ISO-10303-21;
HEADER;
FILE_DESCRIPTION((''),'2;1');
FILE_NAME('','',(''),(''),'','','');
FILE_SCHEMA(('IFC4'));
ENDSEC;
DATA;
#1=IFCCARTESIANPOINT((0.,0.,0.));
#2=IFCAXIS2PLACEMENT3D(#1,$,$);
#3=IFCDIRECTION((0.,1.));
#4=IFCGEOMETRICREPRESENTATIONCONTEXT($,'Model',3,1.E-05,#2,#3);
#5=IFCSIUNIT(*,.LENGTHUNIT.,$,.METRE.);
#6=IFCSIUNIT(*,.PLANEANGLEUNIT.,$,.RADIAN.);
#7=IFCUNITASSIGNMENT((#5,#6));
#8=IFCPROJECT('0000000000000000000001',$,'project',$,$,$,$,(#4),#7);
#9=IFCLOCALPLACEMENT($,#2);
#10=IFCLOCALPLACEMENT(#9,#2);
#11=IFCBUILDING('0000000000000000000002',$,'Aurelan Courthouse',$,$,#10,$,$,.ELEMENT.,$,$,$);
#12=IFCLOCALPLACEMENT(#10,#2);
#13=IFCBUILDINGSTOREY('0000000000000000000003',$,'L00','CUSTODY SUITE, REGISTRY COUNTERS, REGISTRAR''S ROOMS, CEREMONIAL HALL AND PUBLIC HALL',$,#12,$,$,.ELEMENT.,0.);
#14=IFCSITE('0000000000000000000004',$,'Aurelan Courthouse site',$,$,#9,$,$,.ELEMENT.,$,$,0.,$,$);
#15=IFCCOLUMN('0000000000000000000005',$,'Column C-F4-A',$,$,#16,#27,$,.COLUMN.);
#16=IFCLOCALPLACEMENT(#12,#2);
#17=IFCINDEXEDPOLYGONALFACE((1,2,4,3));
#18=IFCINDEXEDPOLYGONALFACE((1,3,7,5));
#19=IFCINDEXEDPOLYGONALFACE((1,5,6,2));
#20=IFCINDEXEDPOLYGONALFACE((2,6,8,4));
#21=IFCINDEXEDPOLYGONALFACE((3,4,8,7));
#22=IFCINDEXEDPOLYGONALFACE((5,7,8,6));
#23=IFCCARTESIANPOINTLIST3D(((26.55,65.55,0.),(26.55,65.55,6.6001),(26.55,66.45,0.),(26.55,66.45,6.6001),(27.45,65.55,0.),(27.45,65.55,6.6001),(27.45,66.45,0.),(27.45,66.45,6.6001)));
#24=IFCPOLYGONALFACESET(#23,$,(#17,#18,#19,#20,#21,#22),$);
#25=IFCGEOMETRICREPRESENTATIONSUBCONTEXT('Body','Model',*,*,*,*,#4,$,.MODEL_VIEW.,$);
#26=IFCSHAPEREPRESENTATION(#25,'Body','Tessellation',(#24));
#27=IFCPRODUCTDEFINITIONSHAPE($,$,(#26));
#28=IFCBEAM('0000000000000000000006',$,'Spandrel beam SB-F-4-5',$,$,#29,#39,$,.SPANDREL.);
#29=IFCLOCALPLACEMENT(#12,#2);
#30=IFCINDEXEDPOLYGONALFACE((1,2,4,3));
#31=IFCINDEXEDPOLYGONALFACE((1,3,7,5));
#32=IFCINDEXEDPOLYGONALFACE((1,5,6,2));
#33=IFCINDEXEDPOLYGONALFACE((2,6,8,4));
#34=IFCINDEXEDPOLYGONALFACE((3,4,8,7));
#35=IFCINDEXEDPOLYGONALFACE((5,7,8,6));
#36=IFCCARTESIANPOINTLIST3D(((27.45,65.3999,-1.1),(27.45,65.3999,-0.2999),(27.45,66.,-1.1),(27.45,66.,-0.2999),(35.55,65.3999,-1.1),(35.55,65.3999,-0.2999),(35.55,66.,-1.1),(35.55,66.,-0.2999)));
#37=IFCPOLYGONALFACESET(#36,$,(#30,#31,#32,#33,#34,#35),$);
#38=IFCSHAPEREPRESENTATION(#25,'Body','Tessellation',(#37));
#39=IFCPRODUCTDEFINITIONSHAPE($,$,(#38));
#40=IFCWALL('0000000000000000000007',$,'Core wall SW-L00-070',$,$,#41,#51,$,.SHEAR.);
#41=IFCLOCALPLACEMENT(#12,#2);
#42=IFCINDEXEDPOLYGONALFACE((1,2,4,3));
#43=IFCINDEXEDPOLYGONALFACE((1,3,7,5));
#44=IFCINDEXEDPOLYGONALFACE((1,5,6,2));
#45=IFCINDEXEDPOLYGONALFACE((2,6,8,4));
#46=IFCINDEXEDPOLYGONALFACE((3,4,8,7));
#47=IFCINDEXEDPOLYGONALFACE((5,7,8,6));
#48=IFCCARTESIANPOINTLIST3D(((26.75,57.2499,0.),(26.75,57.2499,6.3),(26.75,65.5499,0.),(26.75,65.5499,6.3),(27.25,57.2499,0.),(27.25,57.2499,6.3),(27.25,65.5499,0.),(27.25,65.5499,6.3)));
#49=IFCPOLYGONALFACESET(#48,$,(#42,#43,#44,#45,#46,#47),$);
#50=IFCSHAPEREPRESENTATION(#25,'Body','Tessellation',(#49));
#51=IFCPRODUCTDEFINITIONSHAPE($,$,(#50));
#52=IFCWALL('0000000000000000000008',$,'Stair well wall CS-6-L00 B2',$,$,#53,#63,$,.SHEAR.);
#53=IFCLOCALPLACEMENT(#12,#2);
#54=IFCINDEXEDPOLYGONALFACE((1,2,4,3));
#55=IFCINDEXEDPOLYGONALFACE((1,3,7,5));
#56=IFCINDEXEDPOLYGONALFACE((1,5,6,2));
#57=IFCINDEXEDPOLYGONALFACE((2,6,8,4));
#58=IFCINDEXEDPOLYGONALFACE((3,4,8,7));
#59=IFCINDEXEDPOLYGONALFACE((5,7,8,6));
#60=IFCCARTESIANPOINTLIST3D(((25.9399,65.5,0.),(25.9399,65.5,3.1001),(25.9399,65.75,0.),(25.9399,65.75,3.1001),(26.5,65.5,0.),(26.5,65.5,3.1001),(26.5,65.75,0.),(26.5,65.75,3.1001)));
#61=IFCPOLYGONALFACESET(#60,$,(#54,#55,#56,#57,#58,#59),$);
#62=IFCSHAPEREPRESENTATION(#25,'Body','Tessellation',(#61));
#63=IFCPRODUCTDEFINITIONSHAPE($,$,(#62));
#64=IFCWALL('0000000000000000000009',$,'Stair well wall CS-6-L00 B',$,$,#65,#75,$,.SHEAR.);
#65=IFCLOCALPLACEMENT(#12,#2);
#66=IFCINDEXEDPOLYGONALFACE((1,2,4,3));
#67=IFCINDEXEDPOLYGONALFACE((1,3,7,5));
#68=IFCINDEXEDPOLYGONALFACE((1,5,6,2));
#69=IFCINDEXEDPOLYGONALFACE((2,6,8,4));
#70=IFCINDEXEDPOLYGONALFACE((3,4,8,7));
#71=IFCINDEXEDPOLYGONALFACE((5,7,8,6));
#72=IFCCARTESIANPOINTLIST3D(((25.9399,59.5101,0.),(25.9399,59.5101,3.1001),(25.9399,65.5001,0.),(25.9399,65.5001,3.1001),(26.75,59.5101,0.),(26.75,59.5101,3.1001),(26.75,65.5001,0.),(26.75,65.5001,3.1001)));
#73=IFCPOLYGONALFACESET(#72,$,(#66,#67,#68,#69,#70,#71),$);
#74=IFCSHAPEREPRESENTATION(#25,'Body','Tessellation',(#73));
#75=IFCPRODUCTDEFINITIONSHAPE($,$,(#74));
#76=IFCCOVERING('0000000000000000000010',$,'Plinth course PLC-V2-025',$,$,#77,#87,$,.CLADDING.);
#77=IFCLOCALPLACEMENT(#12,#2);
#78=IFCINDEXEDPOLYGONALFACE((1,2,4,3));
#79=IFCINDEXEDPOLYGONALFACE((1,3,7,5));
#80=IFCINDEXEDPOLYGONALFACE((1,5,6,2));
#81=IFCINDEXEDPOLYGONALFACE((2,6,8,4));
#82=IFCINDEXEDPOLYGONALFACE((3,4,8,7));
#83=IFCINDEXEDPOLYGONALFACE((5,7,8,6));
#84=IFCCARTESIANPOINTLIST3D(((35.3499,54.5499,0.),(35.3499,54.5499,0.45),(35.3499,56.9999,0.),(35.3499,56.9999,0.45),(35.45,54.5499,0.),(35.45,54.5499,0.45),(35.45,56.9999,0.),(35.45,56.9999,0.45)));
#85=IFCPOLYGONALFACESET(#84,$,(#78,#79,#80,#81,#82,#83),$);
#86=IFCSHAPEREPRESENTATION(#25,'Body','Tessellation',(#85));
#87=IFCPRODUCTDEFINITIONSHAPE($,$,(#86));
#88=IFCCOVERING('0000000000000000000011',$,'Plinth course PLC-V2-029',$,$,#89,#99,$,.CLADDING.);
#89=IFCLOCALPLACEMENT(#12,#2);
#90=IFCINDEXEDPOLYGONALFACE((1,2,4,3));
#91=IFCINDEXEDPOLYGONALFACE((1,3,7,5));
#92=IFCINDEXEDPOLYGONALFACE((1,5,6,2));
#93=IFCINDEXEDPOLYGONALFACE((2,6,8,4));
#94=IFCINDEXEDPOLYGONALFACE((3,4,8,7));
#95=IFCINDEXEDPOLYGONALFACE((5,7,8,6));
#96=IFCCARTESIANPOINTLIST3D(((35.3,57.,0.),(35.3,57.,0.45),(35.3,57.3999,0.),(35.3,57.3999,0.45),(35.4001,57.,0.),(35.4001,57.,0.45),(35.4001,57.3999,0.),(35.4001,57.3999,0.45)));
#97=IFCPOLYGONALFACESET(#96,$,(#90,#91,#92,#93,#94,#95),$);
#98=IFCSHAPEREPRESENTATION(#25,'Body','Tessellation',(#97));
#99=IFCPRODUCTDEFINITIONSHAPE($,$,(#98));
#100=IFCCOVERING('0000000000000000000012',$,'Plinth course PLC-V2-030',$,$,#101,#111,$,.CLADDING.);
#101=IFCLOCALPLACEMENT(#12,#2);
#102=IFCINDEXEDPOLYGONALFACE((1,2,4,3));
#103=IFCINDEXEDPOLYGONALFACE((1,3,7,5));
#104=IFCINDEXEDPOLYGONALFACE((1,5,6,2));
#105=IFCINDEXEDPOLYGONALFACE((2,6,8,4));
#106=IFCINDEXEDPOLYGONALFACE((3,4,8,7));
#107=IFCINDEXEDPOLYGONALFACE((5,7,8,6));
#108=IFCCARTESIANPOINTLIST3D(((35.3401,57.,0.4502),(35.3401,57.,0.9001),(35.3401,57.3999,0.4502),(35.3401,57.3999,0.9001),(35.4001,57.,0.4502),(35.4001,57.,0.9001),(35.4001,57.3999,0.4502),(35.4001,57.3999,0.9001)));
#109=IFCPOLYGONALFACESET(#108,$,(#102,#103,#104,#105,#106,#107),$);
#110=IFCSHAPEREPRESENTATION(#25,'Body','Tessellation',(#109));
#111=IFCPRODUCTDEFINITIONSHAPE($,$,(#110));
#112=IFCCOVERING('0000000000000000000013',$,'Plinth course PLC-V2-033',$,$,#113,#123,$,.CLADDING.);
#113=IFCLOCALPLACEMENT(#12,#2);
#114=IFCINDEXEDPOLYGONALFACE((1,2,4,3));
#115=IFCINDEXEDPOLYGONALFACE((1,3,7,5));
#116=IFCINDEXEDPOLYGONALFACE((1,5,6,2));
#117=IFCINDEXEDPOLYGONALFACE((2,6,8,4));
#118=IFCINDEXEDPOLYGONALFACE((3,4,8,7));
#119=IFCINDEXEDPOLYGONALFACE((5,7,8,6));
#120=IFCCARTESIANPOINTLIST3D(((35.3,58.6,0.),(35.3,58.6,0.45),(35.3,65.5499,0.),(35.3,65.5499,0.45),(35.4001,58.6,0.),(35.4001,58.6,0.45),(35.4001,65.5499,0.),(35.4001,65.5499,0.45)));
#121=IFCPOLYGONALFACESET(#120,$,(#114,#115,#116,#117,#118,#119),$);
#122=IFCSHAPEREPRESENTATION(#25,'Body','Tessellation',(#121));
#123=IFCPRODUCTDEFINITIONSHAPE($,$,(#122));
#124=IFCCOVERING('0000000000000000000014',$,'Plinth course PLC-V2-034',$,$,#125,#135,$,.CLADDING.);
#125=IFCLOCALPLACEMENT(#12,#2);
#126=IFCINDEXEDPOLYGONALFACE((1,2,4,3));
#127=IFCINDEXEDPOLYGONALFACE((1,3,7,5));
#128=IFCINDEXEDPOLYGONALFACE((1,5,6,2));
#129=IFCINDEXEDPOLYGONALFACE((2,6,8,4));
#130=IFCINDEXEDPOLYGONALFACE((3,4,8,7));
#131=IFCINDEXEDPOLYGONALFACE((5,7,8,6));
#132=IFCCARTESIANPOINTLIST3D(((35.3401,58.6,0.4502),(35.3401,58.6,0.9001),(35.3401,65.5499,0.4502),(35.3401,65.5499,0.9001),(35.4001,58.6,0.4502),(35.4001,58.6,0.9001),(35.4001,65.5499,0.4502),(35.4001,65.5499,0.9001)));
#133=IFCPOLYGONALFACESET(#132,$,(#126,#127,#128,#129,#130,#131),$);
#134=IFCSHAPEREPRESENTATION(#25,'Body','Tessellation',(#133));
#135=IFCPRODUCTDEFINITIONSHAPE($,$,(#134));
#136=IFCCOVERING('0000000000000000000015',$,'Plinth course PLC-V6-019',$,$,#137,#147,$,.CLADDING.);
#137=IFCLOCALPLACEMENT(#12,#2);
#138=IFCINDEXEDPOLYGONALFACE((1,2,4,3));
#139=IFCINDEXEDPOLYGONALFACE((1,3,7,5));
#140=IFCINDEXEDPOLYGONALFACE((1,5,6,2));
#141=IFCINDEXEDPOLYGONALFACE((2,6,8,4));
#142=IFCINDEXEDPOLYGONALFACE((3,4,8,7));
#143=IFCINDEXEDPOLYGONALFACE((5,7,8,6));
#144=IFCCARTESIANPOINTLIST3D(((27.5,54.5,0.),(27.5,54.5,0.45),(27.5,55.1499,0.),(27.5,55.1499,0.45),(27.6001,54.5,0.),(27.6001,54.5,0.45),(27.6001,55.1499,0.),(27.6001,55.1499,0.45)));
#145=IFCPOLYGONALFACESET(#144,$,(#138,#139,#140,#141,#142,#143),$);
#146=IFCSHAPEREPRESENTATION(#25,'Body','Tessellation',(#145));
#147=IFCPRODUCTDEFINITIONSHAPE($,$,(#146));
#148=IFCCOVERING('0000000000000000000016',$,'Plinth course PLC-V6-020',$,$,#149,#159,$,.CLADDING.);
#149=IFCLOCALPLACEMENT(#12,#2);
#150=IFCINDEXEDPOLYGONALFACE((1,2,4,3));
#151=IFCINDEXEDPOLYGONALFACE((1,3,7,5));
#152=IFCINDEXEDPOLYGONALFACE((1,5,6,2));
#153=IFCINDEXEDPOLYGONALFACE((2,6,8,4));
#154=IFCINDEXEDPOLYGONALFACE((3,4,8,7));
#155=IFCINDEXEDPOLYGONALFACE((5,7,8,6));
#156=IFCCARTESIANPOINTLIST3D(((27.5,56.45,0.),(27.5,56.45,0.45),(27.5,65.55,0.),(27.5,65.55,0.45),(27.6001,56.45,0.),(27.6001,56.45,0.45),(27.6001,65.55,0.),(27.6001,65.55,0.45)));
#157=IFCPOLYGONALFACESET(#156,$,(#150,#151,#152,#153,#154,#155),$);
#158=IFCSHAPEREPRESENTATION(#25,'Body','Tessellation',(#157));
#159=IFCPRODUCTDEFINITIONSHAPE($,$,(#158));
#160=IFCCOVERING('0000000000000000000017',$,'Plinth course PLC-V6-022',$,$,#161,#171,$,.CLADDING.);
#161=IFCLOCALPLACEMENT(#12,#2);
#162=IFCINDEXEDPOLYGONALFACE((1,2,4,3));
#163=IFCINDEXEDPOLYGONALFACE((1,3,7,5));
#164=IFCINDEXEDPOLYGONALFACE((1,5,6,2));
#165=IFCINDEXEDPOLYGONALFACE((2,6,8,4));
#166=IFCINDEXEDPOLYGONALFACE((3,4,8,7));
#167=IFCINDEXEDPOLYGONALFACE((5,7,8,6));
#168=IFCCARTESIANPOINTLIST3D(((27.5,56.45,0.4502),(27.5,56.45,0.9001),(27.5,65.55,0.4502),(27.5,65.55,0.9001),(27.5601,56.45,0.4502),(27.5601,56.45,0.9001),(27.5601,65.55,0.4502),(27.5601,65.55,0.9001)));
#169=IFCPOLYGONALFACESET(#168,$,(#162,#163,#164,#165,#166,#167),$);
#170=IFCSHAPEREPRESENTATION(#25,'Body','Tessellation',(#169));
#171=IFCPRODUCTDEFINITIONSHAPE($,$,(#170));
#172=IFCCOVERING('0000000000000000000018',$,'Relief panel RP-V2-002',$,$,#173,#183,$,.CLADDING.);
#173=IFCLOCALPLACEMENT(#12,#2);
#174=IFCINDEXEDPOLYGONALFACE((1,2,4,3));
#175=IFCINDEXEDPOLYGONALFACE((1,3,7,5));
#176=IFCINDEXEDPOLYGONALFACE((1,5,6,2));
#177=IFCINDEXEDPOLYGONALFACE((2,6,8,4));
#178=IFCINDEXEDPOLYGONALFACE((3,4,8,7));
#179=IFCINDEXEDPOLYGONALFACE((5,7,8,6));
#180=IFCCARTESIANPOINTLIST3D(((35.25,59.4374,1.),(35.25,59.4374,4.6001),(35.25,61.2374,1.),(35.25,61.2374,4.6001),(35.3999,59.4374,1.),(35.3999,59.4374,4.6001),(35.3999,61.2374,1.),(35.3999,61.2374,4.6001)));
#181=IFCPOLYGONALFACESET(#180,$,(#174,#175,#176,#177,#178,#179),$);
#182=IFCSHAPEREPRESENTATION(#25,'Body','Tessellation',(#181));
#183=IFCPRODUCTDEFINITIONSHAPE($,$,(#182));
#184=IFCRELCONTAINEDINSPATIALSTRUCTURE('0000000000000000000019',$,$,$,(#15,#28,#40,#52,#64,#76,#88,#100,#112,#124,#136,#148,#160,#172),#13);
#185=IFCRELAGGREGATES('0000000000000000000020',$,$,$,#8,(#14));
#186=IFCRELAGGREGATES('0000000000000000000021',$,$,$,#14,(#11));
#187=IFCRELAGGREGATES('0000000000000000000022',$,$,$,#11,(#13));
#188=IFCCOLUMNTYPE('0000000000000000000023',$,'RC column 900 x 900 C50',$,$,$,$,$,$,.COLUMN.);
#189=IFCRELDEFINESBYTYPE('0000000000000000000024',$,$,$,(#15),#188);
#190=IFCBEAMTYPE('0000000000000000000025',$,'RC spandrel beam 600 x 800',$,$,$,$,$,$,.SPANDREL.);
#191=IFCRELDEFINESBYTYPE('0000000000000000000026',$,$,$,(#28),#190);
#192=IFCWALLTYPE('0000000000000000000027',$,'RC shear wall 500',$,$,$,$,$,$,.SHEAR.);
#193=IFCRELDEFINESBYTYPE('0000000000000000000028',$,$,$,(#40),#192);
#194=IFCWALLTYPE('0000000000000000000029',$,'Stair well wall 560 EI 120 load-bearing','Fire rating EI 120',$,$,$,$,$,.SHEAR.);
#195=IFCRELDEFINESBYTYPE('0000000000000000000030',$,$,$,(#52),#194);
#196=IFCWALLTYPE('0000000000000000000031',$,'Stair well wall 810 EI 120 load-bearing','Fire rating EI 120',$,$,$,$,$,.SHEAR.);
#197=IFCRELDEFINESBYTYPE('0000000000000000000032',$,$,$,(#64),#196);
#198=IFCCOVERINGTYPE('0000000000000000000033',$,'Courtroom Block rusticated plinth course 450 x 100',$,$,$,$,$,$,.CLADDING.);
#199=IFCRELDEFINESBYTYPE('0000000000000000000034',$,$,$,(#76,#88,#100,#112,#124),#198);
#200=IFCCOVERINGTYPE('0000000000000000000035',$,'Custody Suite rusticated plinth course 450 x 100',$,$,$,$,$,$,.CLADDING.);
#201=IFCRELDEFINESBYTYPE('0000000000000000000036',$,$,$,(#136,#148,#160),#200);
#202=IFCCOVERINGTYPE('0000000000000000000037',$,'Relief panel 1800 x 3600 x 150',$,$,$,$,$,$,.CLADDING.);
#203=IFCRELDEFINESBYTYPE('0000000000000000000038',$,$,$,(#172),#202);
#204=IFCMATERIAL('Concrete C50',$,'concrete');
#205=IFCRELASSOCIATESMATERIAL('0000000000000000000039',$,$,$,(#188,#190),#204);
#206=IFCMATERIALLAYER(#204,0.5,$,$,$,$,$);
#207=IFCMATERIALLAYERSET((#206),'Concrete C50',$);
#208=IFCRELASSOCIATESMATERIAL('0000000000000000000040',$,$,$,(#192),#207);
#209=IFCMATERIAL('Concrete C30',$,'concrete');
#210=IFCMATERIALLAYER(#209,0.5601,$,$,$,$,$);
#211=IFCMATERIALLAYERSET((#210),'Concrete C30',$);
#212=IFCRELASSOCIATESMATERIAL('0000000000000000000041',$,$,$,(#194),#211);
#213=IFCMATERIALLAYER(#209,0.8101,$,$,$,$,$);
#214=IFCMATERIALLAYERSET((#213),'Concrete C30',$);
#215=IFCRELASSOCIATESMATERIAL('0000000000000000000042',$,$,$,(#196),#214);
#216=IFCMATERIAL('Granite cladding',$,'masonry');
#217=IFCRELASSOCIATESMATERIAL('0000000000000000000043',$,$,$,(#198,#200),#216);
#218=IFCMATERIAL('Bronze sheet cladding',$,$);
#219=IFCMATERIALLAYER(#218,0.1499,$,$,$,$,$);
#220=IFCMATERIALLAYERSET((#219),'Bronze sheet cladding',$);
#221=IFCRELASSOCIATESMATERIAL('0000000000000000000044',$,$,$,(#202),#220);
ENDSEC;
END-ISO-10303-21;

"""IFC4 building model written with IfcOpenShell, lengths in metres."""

from ifc_helpers import new_model, si_unit, direction, frame, frame_2d, origin, origin_2d, place, context, subcontext, project, spatial, rectangle, extrude, material, layer, layer_set, material_profile, profile_set, type_object, element, save


model = new_model("IFC4")

# Units and contexts
model_context = context("Model", 3, precision=1e-05, world=origin(), true_north=direction((0.0, 1.0)))
body_context = subcontext(model_context, "Body", "Model", "MODEL_VIEW")
ifc_project = project(units=[si_unit("LENGTHUNIT", "METRE"), si_unit("PLANEANGLEUNIT", "RADIAN")], contexts=[model_context])

# Site, building, storey
site_placement = place(None, origin())
site = spatial("IfcSite", under=ifc_project, at=site_placement, Name="Aurelan Courthouse site", CompositionType="ELEMENT", RefElevation=0.0)
building_placement = place(site_placement, origin())
building = spatial("IfcBuilding", under=site, at=building_placement, Name="Aurelan Courthouse", CompositionType="ELEMENT")
storey_placement = place(building_placement, origin())
storey = spatial("IfcBuildingStorey", under=building, at=storey_placement, Name="L00", Description="CUSTODY SUITE, REGISTRY COUNTERS, REGISTRAR'S ROOMS, CEREMONIAL HALL AND PUBLIC HALL", CompositionType="ELEMENT", Elevation=0.0)

# Column
ifc_material_1 = material(Name="Concrete C50", Category="concrete")
ifc_material_profile_1 = material_profile(ifc_material_1, rectangle(XDim=0.8999, YDim=0.8999, at=origin_2d()), Name="RC 900 x 900")
ifc_profile_set_1 = profile_set([ifc_material_profile_1], Name="Concrete C50")
column_type = type_object("IfcColumnType", Name="RC column 900 x 900 C50", PredefinedType="COLUMN", material=ifc_profile_set_1)
column_placement = place(storey_placement, frame((27.0, 66.0, 0.0), z_axis=(0.0, 0.0, 1.0), x_axis=(1.0, 0.0, 0.0)))
element("IfcColumn", 1, at=column_placement, inside=storey, type_object=column_type, Name="Column C-F4-A", PredefinedType="COLUMN", context=body_context, shape_type="SweptSolid", body=[
    extrude(rectangle(XDim=0.8999, YDim=0.8999, at=origin_2d()), origin(), (0.0, 0.0, 1.0), 6.6001),
])

# Beam
ifc_material_profile_2 = material_profile(ifc_material_1, rectangle(XDim=0.6001, YDim=0.8, at=origin_2d()), Name="RC 600 x 800")
ifc_profile_set_2 = profile_set([ifc_material_profile_2], Name="Concrete C50")
beam_type = type_object("IfcBeamType", Name="RC spandrel beam 600 x 800", PredefinedType="SPANDREL", material=ifc_profile_set_2)
beam_placement = place(storey_placement, frame((27.45, 65.7, -0.7), z_axis=(1.0, 0.0, 0.0), x_axis=(0.0, 1.0, 0.0)))
element("IfcBeam", 2, at=beam_placement, inside=storey, type_object=beam_type, Name="Spandrel beam SB-F-4-5", PredefinedType="SPANDREL", context=body_context, shape_type="SweptSolid", body=[
    extrude(rectangle(XDim=0.6001, YDim=0.8, at=origin_2d()), origin(), (0.0, 0.0, 1.0), 8.1001),
])

# Walls
ifc_layer_1 = layer(ifc_material_1, 0.5)
ifc_layer_set_1 = layer_set([ifc_layer_1], Name="Concrete C50")
wall_type_1 = type_object("IfcWallType", Name="RC shear wall 500", PredefinedType="SHEAR", material=ifc_layer_set_1)
wall_1_placement = place(storey_placement, frame((27.0, 57.25, 0.0), z_axis=(0.0, 0.0, 1.0), x_axis=(0.0, 1.0, 0.0)))
element("IfcWall", 3, at=wall_1_placement, inside=storey, type_object=wall_type_1, Name="Core wall SW-L00-070", PredefinedType="SHEAR", context=body_context, shape_type="SweptSolid", body=[
    extrude(rectangle(XDim=8.3, YDim=0.5, at=frame_2d((4.1499, 0.0))), origin(), (0.0, 0.0, 1.0), 6.3),
])
ifc_material_2 = material(Name="Concrete C30", Category="concrete")
ifc_layer_2 = layer(ifc_material_2, 0.5601)
ifc_layer_set_2 = layer_set([ifc_layer_2], Name="Concrete C30")
wall_type_2 = type_object("IfcWallType", Name="Stair well wall 560 EI 120 load-bearing", Description="Fire rating EI 120", PredefinedType="SHEAR", material=ifc_layer_set_2)
wall_2_placement = place(storey_placement, frame((26.22, 65.5, 0.0), z_axis=(0.0, 0.0, 1.0), x_axis=(0.0, 1.0, 0.0)))
element("IfcWall", 4, at=wall_2_placement, inside=storey, type_object=wall_type_2, Name="Stair well wall CS-6-L00 B2", PredefinedType="SHEAR", context=body_context, shape_type="SweptSolid", body=[
    extrude(rectangle(XDim=0.25, YDim=0.5601, at=frame_2d((0.125, 0.0))), origin(), (0.0, 0.0, 1.0), 3.1001),
])
ifc_layer_3 = layer(ifc_material_2, 0.8101)
ifc_layer_set_3 = layer_set([ifc_layer_3], Name="Concrete C30")
wall_type_3 = type_object("IfcWallType", Name="Stair well wall 810 EI 120 load-bearing", Description="Fire rating EI 120", PredefinedType="SHEAR", material=ifc_layer_set_3)
wall_3_placement = place(storey_placement, frame((26.345, 59.51, 0.0), z_axis=(0.0, 0.0, 1.0), x_axis=(0.0, 1.0, 0.0)))
element("IfcWall", 5, at=wall_3_placement, inside=storey, type_object=wall_type_3, Name="Stair well wall CS-6-L00 B", PredefinedType="SHEAR", context=body_context, shape_type="SweptSolid", body=[
    extrude(rectangle(XDim=5.99, YDim=0.8101, at=frame_2d((2.9951, 0.0))), origin(), (0.0, 0.0, 1.0), 3.1001),
])

# Coverings
ifc_material_3 = material(Name="Granite cladding", Category="masonry")
covering_type_1 = type_object("IfcCoveringType", Name="Courtroom Block rusticated plinth course 450 x 100", PredefinedType="CLADDING", material=ifc_material_3)
covering_1_placement = place(storey_placement, frame((35.3999, 55.7749, 0.0), z_axis=(0.0, 0.0, 1.0), x_axis=(1.0, 0.0, 0.0)))
element("IfcCovering", 6, at=covering_1_placement, inside=storey, type_object=covering_type_1, Name="Plinth course PLC-V2-025", PredefinedType="CLADDING", context=body_context, shape_type="SweptSolid", body=[
    extrude(rectangle(XDim=0.1001, YDim=2.45, at=origin_2d()), origin(), (0.0, 0.0, 1.0), 0.45),
])
covering_2_placement = place(storey_placement, frame((35.3501, 57.2, 0.0), z_axis=(0.0, 0.0, 1.0), x_axis=(1.0, 0.0, 0.0)))
element("IfcCovering", 7, at=covering_2_placement, inside=storey, type_object=covering_type_1, Name="Plinth course PLC-V2-029", PredefinedType="CLADDING", context=body_context, shape_type="SweptSolid", body=[
    extrude(rectangle(XDim=0.1001, YDim=0.3999, at=origin_2d()), origin(), (0.0, 0.0, 1.0), 0.45),
])
covering_3_placement = place(storey_placement, frame((35.3701, 57.2, 0.4502), z_axis=(0.0, 0.0, 1.0), x_axis=(1.0, 0.0, 0.0)))
element("IfcCovering", 8, at=covering_3_placement, inside=storey, type_object=covering_type_1, Name="Plinth course PLC-V2-030", PredefinedType="CLADDING", context=body_context, shape_type="SweptSolid", body=[
    extrude(rectangle(XDim=0.0601, YDim=0.3999, at=origin_2d()), origin(), (0.0, 0.0, 1.0), 0.45),
])
covering_4_placement = place(storey_placement, frame((35.3501, 62.075, 0.0), z_axis=(0.0, 0.0, 1.0), x_axis=(1.0, 0.0, 0.0)))
element("IfcCovering", 9, at=covering_4_placement, inside=storey, type_object=covering_type_1, Name="Plinth course PLC-V2-033", PredefinedType="CLADDING", context=body_context, shape_type="SweptSolid", body=[
    extrude(rectangle(XDim=0.1001, YDim=6.95, at=origin_2d()), origin(), (0.0, 0.0, 1.0), 0.45),
])
covering_5_placement = place(storey_placement, frame((35.3701, 62.075, 0.4502), z_axis=(0.0, 0.0, 1.0), x_axis=(1.0, 0.0, 0.0)))
element("IfcCovering", 10, at=covering_5_placement, inside=storey, type_object=covering_type_1, Name="Plinth course PLC-V2-034", PredefinedType="CLADDING", context=body_context, shape_type="SweptSolid", body=[
    extrude(rectangle(XDim=0.0601, YDim=6.95, at=origin_2d()), origin(), (0.0, 0.0, 1.0), 0.45),
])
covering_type_2 = type_object("IfcCoveringType", Name="Custody Suite rusticated plinth course 450 x 100", PredefinedType="CLADDING", material=ifc_material_3)
covering_6_placement = place(storey_placement, frame((27.55, 54.825, 0.0), z_axis=(0.0, 0.0, 1.0), x_axis=(1.0, 0.0, 0.0)))
element("IfcCovering", 11, at=covering_6_placement, inside=storey, type_object=covering_type_2, Name="Plinth course PLC-V6-019", PredefinedType="CLADDING", context=body_context, shape_type="SweptSolid", body=[
    extrude(rectangle(XDim=0.1001, YDim=0.6499, at=origin_2d()), origin(), (0.0, 0.0, 1.0), 0.45),
])
covering_7_placement = place(storey_placement, frame((27.55, 61.0, 0.0), z_axis=(0.0, 0.0, 1.0), x_axis=(1.0, 0.0, 0.0)))
element("IfcCovering", 12, at=covering_7_placement, inside=storey, type_object=covering_type_2, Name="Plinth course PLC-V6-020", PredefinedType="CLADDING", context=body_context, shape_type="SweptSolid", body=[
    extrude(rectangle(XDim=0.1001, YDim=9.1001, at=origin_2d()), origin(), (0.0, 0.0, 1.0), 0.45),
])
covering_8_placement = place(storey_placement, frame((27.53, 61.0, 0.4502), z_axis=(0.0, 0.0, 1.0), x_axis=(1.0, 0.0, 0.0)))
element("IfcCovering", 13, at=covering_8_placement, inside=storey, type_object=covering_type_2, Name="Plinth course PLC-V6-022", PredefinedType="CLADDING", context=body_context, shape_type="SweptSolid", body=[
    extrude(rectangle(XDim=0.0601, YDim=9.1001, at=origin_2d()), origin(), (0.0, 0.0, 1.0), 0.45),
])
ifc_material_4 = material(Name="Bronze sheet cladding")
ifc_layer_4 = layer(ifc_material_4, 0.1499)
ifc_layer_set_4 = layer_set([ifc_layer_4], Name="Bronze sheet cladding")
covering_type_3 = type_object("IfcCoveringType", Name="Relief panel 1800 x 3600 x 150", PredefinedType="CLADDING", material=ifc_layer_set_4)
for number, where, z_axis, x_axis, name in (
    (14, (35.325, 60.3374, 1.0), (0.0, 0.0, 1.0), (1.0, 0.0, 0.0), "Relief panel RP-V2-002"),
):
    element("IfcCovering", number, at=place(storey_placement, frame(where, z_axis=z_axis, x_axis=x_axis)), inside=storey, type_object=covering_type_3, Name=name, PredefinedType="CLADDING", context=body_context, shape_type="SweptSolid", body=[
        extrude(rectangle(XDim=0.1499, YDim=1.8, at=origin_2d()), origin(), (0.0, 0.0, 1.0), 3.6001),
    ])

save(model, "model.ifc")
